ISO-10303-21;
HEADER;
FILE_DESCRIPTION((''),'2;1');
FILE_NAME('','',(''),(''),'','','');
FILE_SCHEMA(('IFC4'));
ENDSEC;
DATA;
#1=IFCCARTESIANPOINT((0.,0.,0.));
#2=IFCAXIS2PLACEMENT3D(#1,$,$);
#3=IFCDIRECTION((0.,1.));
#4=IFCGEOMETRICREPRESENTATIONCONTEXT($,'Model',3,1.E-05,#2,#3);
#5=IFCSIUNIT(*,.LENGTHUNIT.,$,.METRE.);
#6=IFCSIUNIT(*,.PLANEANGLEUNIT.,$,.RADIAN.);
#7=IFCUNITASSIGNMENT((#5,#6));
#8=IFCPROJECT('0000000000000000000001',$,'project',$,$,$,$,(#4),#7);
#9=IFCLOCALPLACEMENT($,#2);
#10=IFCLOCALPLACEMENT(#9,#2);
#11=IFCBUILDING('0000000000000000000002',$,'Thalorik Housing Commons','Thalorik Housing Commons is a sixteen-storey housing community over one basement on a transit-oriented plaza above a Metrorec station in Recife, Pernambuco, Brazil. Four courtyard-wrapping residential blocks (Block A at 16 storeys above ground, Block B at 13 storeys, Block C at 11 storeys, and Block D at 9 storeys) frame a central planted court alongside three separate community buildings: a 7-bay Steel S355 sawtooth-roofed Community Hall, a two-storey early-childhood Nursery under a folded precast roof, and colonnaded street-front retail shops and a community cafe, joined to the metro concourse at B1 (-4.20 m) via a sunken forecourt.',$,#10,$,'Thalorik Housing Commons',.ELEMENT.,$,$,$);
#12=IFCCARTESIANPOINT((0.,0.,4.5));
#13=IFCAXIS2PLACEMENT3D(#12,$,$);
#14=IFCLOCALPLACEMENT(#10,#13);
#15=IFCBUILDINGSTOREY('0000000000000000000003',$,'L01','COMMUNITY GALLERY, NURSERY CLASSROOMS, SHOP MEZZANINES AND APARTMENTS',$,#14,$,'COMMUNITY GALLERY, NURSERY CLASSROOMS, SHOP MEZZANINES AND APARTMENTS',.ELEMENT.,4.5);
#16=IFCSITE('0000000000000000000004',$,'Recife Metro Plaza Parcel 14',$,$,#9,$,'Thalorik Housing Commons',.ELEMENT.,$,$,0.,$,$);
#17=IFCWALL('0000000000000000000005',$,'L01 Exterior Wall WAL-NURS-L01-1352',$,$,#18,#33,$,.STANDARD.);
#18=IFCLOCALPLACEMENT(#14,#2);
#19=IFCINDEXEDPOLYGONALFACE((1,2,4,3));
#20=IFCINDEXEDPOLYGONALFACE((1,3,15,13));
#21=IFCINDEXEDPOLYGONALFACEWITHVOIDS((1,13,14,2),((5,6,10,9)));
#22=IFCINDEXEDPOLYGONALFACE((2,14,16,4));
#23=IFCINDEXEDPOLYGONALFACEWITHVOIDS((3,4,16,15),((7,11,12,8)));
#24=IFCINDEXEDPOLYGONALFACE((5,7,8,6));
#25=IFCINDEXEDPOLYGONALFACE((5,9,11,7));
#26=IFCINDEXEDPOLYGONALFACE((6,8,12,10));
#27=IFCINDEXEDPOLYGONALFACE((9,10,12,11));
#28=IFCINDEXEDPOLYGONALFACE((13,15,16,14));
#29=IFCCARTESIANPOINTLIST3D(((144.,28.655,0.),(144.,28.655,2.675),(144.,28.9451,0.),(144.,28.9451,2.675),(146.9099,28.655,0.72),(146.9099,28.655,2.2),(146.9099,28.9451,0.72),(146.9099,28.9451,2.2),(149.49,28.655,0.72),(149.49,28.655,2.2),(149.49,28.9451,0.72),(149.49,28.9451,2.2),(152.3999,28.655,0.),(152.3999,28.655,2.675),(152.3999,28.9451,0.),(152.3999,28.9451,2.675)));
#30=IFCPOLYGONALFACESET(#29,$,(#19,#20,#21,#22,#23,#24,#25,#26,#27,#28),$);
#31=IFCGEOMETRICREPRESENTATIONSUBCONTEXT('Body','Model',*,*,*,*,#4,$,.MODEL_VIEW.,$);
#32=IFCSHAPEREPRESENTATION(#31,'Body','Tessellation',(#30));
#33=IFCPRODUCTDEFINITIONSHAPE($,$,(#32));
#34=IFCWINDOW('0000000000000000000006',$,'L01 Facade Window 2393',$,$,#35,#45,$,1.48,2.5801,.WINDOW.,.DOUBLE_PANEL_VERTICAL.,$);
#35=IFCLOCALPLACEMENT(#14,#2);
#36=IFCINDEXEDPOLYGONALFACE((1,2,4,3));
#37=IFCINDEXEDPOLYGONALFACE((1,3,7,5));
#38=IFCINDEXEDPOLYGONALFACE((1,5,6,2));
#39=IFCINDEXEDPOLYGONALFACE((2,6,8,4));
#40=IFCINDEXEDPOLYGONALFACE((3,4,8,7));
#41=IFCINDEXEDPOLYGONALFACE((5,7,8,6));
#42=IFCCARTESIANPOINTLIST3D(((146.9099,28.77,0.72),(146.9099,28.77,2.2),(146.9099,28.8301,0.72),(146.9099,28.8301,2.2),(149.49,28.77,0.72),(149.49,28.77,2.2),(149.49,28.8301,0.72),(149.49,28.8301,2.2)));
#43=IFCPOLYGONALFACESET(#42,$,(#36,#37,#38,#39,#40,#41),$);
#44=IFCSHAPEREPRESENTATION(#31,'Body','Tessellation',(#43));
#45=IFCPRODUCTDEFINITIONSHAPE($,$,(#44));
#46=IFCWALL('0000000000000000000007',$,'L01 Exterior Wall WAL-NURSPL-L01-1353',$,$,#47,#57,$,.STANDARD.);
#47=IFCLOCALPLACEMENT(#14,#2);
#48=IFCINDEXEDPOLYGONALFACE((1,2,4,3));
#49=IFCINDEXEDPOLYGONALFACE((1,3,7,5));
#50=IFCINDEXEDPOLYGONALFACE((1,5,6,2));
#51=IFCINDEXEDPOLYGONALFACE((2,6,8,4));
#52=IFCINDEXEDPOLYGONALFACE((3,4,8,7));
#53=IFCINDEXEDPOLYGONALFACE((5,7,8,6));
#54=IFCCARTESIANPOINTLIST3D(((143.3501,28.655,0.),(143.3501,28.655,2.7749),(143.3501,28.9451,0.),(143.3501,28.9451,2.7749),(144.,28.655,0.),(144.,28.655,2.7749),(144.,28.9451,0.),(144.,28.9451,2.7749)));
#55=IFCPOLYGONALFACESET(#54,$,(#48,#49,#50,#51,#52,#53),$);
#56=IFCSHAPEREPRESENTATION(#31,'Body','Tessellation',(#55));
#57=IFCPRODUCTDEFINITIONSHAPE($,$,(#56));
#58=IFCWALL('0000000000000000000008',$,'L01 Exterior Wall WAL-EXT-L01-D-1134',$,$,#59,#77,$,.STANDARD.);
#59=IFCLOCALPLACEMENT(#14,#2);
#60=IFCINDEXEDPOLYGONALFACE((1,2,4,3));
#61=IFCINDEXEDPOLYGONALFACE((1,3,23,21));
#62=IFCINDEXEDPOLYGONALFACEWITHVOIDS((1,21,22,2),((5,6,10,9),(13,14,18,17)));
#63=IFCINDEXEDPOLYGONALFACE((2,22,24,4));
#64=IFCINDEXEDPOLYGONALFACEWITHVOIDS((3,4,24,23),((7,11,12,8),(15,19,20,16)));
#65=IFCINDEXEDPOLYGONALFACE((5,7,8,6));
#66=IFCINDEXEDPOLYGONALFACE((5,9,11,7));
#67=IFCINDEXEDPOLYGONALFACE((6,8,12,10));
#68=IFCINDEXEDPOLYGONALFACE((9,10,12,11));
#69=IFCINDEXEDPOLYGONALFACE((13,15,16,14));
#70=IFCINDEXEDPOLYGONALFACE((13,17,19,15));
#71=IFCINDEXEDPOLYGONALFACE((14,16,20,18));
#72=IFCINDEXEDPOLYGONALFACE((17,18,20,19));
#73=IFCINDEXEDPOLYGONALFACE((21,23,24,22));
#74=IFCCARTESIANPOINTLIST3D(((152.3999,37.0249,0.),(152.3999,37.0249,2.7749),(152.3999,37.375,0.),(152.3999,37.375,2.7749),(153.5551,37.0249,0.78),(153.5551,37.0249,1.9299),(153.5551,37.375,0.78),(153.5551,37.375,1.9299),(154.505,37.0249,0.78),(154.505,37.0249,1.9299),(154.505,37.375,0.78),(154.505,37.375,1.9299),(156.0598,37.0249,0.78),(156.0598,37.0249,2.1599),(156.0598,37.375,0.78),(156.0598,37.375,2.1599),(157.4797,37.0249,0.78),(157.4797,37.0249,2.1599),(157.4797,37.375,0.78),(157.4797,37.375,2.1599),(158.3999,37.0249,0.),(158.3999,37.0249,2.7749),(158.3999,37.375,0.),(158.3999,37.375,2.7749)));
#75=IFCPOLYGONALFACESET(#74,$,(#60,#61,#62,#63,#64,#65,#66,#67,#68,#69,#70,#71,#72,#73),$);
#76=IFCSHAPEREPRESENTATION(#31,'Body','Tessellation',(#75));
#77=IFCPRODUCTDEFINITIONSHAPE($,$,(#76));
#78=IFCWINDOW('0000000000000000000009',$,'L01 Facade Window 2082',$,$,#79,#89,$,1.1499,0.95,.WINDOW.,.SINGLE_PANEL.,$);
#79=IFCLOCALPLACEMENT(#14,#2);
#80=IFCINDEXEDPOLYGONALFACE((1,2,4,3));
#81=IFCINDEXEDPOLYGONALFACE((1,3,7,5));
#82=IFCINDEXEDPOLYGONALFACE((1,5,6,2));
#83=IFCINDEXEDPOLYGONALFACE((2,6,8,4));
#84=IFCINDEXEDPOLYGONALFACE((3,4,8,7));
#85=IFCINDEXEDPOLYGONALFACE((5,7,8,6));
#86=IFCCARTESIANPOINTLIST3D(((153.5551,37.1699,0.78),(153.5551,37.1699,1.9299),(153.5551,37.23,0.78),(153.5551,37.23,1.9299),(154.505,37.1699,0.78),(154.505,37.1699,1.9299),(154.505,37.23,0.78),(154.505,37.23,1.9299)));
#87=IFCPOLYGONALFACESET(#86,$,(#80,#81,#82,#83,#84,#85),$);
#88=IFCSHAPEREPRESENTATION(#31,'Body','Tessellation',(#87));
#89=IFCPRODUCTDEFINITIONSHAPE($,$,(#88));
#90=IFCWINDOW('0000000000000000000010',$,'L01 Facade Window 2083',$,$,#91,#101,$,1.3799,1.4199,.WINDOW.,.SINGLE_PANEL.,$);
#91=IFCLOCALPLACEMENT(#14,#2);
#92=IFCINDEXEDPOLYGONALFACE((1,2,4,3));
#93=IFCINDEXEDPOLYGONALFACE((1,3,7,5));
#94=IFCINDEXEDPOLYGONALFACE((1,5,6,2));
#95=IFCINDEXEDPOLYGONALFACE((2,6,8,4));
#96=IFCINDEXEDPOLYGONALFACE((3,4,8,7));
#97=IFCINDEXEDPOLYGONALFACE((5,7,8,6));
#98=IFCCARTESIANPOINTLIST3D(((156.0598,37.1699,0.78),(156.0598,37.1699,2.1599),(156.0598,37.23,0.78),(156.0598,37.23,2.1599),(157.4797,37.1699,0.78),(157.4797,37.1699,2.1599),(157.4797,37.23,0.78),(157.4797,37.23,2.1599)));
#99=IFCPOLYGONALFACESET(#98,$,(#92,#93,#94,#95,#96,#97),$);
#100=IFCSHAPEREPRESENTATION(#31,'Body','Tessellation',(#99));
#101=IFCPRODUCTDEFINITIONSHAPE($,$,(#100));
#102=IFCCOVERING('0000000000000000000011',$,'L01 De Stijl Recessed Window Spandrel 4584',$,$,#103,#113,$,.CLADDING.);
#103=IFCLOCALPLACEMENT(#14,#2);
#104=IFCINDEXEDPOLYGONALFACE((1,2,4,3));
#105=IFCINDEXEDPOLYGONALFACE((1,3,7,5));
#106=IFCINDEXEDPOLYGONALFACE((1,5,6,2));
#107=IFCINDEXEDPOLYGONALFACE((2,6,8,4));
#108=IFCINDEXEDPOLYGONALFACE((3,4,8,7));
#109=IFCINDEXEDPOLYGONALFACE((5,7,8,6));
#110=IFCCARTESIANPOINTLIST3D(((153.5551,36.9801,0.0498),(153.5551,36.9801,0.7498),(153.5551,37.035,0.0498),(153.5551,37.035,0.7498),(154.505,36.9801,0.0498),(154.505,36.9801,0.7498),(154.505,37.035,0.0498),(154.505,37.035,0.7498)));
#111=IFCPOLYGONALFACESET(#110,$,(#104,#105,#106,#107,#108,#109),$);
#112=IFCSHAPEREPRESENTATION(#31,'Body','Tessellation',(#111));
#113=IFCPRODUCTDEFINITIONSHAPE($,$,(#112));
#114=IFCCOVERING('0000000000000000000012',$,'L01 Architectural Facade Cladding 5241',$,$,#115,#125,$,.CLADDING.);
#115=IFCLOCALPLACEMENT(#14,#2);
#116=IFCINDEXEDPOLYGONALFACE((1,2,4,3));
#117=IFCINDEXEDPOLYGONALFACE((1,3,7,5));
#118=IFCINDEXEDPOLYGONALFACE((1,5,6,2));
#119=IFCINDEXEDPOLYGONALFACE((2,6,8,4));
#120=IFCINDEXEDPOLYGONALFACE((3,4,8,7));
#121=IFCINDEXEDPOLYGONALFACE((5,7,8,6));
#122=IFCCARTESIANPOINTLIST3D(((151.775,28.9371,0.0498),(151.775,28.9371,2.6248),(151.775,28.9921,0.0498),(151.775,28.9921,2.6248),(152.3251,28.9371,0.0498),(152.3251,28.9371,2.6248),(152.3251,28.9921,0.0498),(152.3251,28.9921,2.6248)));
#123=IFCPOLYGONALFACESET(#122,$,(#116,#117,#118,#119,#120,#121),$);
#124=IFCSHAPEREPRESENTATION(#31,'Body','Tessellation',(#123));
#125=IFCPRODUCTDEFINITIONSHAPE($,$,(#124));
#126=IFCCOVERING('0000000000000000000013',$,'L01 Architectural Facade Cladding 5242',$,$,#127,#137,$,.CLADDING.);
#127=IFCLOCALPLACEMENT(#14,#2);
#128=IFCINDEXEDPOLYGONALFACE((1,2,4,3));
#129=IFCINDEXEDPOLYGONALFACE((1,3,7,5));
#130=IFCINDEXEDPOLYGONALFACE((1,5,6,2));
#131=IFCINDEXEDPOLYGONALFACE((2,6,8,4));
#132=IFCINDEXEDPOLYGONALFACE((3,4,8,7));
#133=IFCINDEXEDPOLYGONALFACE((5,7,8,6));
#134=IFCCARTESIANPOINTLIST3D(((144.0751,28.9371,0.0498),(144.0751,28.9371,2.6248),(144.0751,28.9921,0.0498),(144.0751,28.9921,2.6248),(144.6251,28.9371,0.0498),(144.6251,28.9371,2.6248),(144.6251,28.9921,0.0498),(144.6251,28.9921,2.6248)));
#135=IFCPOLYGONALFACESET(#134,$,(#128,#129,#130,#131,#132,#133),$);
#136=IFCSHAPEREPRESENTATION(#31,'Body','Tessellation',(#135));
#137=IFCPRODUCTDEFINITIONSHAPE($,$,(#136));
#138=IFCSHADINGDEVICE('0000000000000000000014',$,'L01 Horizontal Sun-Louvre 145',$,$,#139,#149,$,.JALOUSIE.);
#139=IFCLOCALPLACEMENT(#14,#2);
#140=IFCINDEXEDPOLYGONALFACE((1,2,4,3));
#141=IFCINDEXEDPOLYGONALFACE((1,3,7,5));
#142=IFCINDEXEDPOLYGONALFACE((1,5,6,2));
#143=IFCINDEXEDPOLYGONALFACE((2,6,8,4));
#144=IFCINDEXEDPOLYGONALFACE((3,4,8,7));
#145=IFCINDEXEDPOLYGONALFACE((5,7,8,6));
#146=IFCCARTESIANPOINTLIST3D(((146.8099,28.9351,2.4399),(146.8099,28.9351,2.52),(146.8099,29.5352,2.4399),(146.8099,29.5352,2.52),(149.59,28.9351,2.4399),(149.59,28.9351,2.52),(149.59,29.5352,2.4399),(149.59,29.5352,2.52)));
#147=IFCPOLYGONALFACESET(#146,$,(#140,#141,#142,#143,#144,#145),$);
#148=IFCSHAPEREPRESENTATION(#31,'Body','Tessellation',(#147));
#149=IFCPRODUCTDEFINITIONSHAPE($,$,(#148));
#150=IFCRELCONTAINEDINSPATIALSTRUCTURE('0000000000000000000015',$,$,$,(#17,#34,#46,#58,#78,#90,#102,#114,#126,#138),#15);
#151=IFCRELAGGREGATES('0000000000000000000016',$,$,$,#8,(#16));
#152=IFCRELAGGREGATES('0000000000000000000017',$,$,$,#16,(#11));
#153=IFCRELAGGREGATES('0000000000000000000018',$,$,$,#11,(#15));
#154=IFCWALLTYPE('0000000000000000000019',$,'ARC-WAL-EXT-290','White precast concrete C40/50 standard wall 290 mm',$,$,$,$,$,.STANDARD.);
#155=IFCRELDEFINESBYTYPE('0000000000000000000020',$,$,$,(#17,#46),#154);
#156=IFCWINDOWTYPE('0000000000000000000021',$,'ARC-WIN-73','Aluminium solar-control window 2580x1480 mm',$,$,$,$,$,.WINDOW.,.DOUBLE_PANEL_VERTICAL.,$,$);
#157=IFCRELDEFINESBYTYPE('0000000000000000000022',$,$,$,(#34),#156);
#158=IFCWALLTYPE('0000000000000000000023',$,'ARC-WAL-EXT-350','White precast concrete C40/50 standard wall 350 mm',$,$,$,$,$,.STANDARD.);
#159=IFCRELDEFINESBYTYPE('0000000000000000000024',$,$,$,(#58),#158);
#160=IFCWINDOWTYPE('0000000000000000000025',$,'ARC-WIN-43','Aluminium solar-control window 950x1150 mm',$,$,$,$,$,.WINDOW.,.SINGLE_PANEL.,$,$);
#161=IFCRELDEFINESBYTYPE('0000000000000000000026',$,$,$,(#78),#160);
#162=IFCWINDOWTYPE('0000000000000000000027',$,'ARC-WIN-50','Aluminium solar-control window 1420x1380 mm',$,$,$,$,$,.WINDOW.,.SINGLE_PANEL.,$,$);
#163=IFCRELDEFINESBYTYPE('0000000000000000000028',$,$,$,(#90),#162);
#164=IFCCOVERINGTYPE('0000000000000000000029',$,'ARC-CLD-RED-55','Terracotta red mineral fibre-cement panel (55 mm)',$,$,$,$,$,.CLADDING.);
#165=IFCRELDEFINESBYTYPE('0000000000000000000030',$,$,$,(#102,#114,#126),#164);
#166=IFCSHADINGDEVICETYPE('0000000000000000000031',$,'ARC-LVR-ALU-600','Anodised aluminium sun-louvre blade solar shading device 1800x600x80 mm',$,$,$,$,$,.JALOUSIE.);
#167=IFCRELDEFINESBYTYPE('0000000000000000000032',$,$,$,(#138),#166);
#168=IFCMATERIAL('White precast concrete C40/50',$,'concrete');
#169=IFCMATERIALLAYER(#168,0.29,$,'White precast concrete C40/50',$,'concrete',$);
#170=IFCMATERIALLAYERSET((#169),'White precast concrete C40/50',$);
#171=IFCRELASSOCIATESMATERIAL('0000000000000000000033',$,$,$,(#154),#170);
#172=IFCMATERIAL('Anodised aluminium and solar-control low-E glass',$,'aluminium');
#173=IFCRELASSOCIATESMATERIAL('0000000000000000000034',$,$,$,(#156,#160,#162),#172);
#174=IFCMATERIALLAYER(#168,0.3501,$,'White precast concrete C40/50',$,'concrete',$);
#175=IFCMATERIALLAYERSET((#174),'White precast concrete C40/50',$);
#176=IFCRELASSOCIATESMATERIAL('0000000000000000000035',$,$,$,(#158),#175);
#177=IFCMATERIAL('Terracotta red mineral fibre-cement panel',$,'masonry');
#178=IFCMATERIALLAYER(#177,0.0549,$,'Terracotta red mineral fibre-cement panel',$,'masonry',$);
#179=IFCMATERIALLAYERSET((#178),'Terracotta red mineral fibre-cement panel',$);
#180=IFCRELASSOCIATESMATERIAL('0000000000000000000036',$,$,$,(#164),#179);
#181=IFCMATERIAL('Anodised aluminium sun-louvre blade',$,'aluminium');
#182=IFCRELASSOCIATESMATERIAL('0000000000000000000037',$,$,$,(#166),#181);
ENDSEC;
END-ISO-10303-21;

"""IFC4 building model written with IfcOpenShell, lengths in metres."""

from ifc_helpers import new_model, si_unit, direction, frame, frame_2d, origin, origin_2d, place, context, subcontext, project, spatial, rectangle, extrude, material, layer, layer_set, type_object, element, fill, save


model = new_model("IFC4")

# Units and contexts
model_context = context("Model", 3, precision=1e-05, world=origin(), true_north=direction((0.0, 1.0)))
body_context = subcontext(model_context, "Body", "Model", "MODEL_VIEW")
ifc_project = project(units=[si_unit("LENGTHUNIT", "METRE"), si_unit("PLANEANGLEUNIT", "RADIAN")], contexts=[model_context])

# Site, building, storey
site_placement = place(None, origin())
site = spatial("IfcSite", under=ifc_project, at=site_placement, Name="Recife Metro Plaza Parcel 14", LongName="Thalorik Housing Commons", CompositionType="ELEMENT", RefElevation=0.0)
building_placement = place(site_placement, origin())
building = spatial("IfcBuilding", under=site, at=building_placement, Name="Thalorik Housing Commons", Description="Thalorik Housing Commons is a sixteen-storey housing community over one basement on a transit-oriented plaza above a Metrorec station in Recife, Pernambuco, Brazil. Four courtyard-wrapping residential blocks (Block A at 16 storeys above ground, Block B at 13 storeys, Block C at 11 storeys, and Block D at 9 storeys) frame a central planted court alongside three separate community buildings: a 7-bay Steel S355 sawtooth-roofed Community Hall, a two-storey early-childhood Nursery under a folded precast roof, and colonnaded street-front retail shops and a community cafe, joined to the metro concourse at B1 (-4.20 m) via a sunken forecourt.", LongName="Thalorik Housing Commons", CompositionType="ELEMENT")
storey_placement = place(building_placement, frame((0.0, 0.0, 4.5)))
storey = spatial("IfcBuildingStorey", under=building, at=storey_placement, Name="L01", Description="COMMUNITY GALLERY, NURSERY CLASSROOMS, SHOP MEZZANINES AND APARTMENTS", LongName="COMMUNITY GALLERY, NURSERY CLASSROOMS, SHOP MEZZANINES AND APARTMENTS", CompositionType="ELEMENT", Elevation=4.5)

# Shared definitions
ifc_material_1 = material(Name="Anodised aluminium and solar-control low-E glass", Category="aluminium")

# Shared definitions
ifc_material_2 = material(Name="White precast concrete C40/50", Category="concrete")
ifc_layer_1 = layer(ifc_material_2, 0.29, Name="White precast concrete C40/50", Category="concrete")
ifc_layer_set_1 = layer_set([ifc_layer_1], Name="White precast concrete C40/50")
wall_type_1 = type_object("IfcWallType", Name="ARC-WAL-EXT-290", Description="White precast concrete C40/50 standard wall 290 mm", PredefinedType="STANDARD", material=ifc_layer_set_1)

# Wall, opening, window
wall_1_placement = place(storey_placement, frame((152.3999, 28.8, 0.0), z_axis=(0.0, 0.0, 1.0), x_axis=(-1.0, 0.0, 0.0)))
wall_1 = element("IfcWall", 1, at=wall_1_placement, inside=storey, type_object=wall_type_1, Name="L01 Exterior Wall WAL-NURS-L01-1352", PredefinedType="STANDARD", context=body_context, shape_type="SweptSolid", body=[
    extrude(rectangle(XDim=8.3999, YDim=0.29, at=frame_2d((4.2, 0.0))), origin(), (0.0, 0.0, 1.0), 2.675),
])
opening_1_placement = place(wall_1_placement, frame((2.9099, 0.0, 0.72)))
opening_1 = element("IfcOpeningElement", 2, at=opening_1_placement, cuts=wall_1, PredefinedType="OPENING", context=body_context, shape_type="SweptSolid", body=[
    extrude(rectangle(XDim=2.5801, YDim=1.48, at=frame_2d((1.29, 0.74))), frame((0.0, 0.155, 0.0), z_axis=(0.0, -1.0, 0.0), x_axis=(1.0, 0.0, 0.0)), (0.0, 0.0, 1.0), 0.3101),
])
window_type_1 = type_object("IfcWindowType", Name="ARC-WIN-73", Description="Aluminium solar-control window 2580x1480 mm", PartitioningType="DOUBLE_PANEL_VERTICAL", PredefinedType="WINDOW", material=ifc_material_1)
window_1_placement = place(opening_1_placement, origin())
window_1 = element("IfcWindow", 3, at=window_1_placement, inside=storey, type_object=window_type_1, Name="L01 Facade Window 2393", OverallHeight=1.48, OverallWidth=2.5801, PartitioningType="DOUBLE_PANEL_VERTICAL", PredefinedType="WINDOW", context=body_context, shape_type="SweptSolid", body=[
    extrude(rectangle(XDim=2.5801, YDim=1.48, at=frame_2d((1.29, 0.74))), frame((0.0, 0.03, 0.0), z_axis=(0.0, -1.0, 0.0), x_axis=(1.0, 0.0, 0.0)), (0.0, 0.0, 1.0), 0.0601),
])
fill(opening_1, window_1)

# Wall
wall_2_placement = place(storey_placement, frame((144.0, 28.8, 0.0), z_axis=(0.0, 0.0, 1.0), x_axis=(-1.0, 0.0, 0.0)))
element("IfcWall", 4, at=wall_2_placement, inside=storey, type_object=wall_type_1, Name="L01 Exterior Wall WAL-NURSPL-L01-1353", PredefinedType="STANDARD", context=body_context, shape_type="SweptSolid", body=[
    extrude(rectangle(XDim=0.6499, YDim=0.29, at=frame_2d((0.325, 0.0))), origin(), (0.0, 0.0, 1.0), 2.7749),
])

# Wall, openings, windows
ifc_layer_2 = layer(ifc_material_2, 0.3501, Name="White precast concrete C40/50", Category="concrete")
ifc_layer_set_2 = layer_set([ifc_layer_2], Name="White precast concrete C40/50")
wall_type_2 = type_object("IfcWallType", Name="ARC-WAL-EXT-350", Description="White precast concrete C40/50 standard wall 350 mm", PredefinedType="STANDARD", material=ifc_layer_set_2)
wall_3_placement = place(storey_placement, frame((152.3999, 37.2, 0.0), z_axis=(0.0, 0.0, 1.0), x_axis=(1.0, 0.0, 0.0)))
wall_3 = element("IfcWall", 5, at=wall_3_placement, inside=storey, type_object=wall_type_2, Name="L01 Exterior Wall WAL-EXT-L01-D-1134", PredefinedType="STANDARD", context=body_context, shape_type="SweptSolid", body=[
    extrude(rectangle(XDim=6.0, YDim=0.3501, at=frame_2d((3.0, 0.0))), origin(), (0.0, 0.0, 1.0), 2.7749),
])
opening_2_placement = place(wall_3_placement, frame((1.155, 0.0, 0.78)))
opening_2 = element("IfcOpeningElement", 6, at=opening_2_placement, cuts=wall_3, PredefinedType="OPENING", context=body_context, shape_type="SweptSolid", body=[
    extrude(rectangle(XDim=0.95, YDim=1.1499, at=frame_2d((0.4751, 0.575))), frame((0.0, 0.1851, 0.0), z_axis=(0.0, -1.0, 0.0), x_axis=(1.0, 0.0, 0.0)), (0.0, 0.0, 1.0), 0.3701),
])
opening_3_placement = place(wall_3_placement, frame((3.6599, 0.0, 0.78)))
opening_3 = element("IfcOpeningElement", 7, at=opening_3_placement, cuts=wall_3, PredefinedType="OPENING", context=body_context, shape_type="SweptSolid", body=[
    extrude(rectangle(XDim=1.4199, YDim=1.3799, at=frame_2d((0.71, 0.6899))), frame((0.0, 0.1851, 0.0), z_axis=(0.0, -1.0, 0.0), x_axis=(1.0, 0.0, 0.0)), (0.0, 0.0, 1.0), 0.3701),
])
window_type_2 = type_object("IfcWindowType", Name="ARC-WIN-43", Description="Aluminium solar-control window 950x1150 mm", PartitioningType="SINGLE_PANEL", PredefinedType="WINDOW", material=ifc_material_1)
window_2_placement = place(opening_2_placement, origin())
window_2 = element("IfcWindow", 8, at=window_2_placement, inside=storey, type_object=window_type_2, Name="L01 Facade Window 2082", OverallHeight=1.1499, OverallWidth=0.95, PartitioningType="SINGLE_PANEL", PredefinedType="WINDOW", context=body_context, shape_type="SweptSolid", body=[
    extrude(rectangle(XDim=0.95, YDim=1.1499, at=frame_2d((0.4751, 0.575))), frame((0.0, 0.03, 0.0), z_axis=(0.0, -1.0, 0.0), x_axis=(1.0, 0.0, 0.0)), (0.0, 0.0, 1.0), 0.0601),
])
fill(opening_2, window_2)
window_type_3 = type_object("IfcWindowType", Name="ARC-WIN-50", Description="Aluminium solar-control window 1420x1380 mm", PartitioningType="SINGLE_PANEL", PredefinedType="WINDOW", material=ifc_material_1)
window_3_placement = place(opening_3_placement, origin())
window_3 = element("IfcWindow", 9, at=window_3_placement, inside=storey, type_object=window_type_3, Name="L01 Facade Window 2083", OverallHeight=1.3799, OverallWidth=1.4199, PartitioningType="SINGLE_PANEL", PredefinedType="WINDOW", context=body_context, shape_type="SweptSolid", body=[
    extrude(rectangle(XDim=1.4199, YDim=1.3799, at=frame_2d((0.71, 0.6899))), frame((0.0, 0.03, 0.0), z_axis=(0.0, -1.0, 0.0), x_axis=(1.0, 0.0, 0.0)), (0.0, 0.0, 1.0), 0.0601),
])
fill(opening_3, window_3)

# Coverings
ifc_material_3 = material(Name="Terracotta red mineral fibre-cement panel", Category="masonry")
ifc_layer_3 = layer(ifc_material_3, 0.0549, Name="Terracotta red mineral fibre-cement panel", Category="masonry")
ifc_layer_set_3 = layer_set([ifc_layer_3], Name="Terracotta red mineral fibre-cement panel")
covering_type_1 = type_object("IfcCoveringType", Name="ARC-CLD-RED-55", Description="Terracotta red mineral fibre-cement panel (55 mm)", PredefinedType="CLADDING", material=ifc_layer_set_3)
covering_1_placement = place(storey_placement, frame((154.03, 37.0076, 0.0498), z_axis=(0.0, 0.0, 1.0), x_axis=(1.0, 0.0, 0.0)))
element("IfcCovering", 10, at=covering_1_placement, inside=storey, type_object=covering_type_1, Name="L01 De Stijl Recessed Window Spandrel 4584", PredefinedType="CLADDING", context=body_context, shape_type="SweptSolid", body=[
    extrude(rectangle(XDim=0.95, YDim=0.0549, at=origin_2d()), origin(), (0.0, 0.0, 1.0), 0.7),
])
for number, where, z_axis, x_axis, name in (
    (11, (152.05, 28.9646, 0.0498), (0.0, 0.0, 1.0), (-1.0, 0.0, 0.0), "L01 Architectural Facade Cladding 5241"),
    (12, (144.3501, 28.9646, 0.0498), (0.0, 0.0, 1.0), (-1.0, 0.0, 0.0), "L01 Architectural Facade Cladding 5242"),
):
    element("IfcCovering", number, at=place(storey_placement, frame(where, z_axis=z_axis, x_axis=x_axis)), inside=storey, type_object=covering_type_1, Name=name, PredefinedType="CLADDING", context=body_context, shape_type="SweptSolid", body=[
        extrude(rectangle(XDim=0.55, YDim=0.0549, at=origin_2d()), origin(), (0.0, 0.0, 1.0), 2.575),
    ])

# Shading device
ifc_material_4 = material(Name="Anodised aluminium sun-louvre blade", Category="aluminium")
shading_device_type = type_object("IfcShadingDeviceType", Name="ARC-LVR-ALU-600", Description="Anodised aluminium sun-louvre blade solar shading device 1800x600x80 mm", PredefinedType="JALOUSIE", material=ifc_material_4)
shading_device_placement = place(storey_placement, frame((148.2, 29.2351, 2.4399), z_axis=(0.0, 0.0, 1.0), x_axis=(-1.0, 0.0, 0.0)))
element("IfcShadingDevice", 13, at=shading_device_placement, inside=storey, type_object=shading_device_type, Name="L01 Horizontal Sun-Louvre 145", PredefinedType="JALOUSIE", context=body_context, shape_type="SweptSolid", body=[
    extrude(rectangle(XDim=2.78, YDim=0.6001, at=origin_2d()), origin(), (0.0, 0.0, 1.0), 0.0801),
])

save(model, "model.ifc")
